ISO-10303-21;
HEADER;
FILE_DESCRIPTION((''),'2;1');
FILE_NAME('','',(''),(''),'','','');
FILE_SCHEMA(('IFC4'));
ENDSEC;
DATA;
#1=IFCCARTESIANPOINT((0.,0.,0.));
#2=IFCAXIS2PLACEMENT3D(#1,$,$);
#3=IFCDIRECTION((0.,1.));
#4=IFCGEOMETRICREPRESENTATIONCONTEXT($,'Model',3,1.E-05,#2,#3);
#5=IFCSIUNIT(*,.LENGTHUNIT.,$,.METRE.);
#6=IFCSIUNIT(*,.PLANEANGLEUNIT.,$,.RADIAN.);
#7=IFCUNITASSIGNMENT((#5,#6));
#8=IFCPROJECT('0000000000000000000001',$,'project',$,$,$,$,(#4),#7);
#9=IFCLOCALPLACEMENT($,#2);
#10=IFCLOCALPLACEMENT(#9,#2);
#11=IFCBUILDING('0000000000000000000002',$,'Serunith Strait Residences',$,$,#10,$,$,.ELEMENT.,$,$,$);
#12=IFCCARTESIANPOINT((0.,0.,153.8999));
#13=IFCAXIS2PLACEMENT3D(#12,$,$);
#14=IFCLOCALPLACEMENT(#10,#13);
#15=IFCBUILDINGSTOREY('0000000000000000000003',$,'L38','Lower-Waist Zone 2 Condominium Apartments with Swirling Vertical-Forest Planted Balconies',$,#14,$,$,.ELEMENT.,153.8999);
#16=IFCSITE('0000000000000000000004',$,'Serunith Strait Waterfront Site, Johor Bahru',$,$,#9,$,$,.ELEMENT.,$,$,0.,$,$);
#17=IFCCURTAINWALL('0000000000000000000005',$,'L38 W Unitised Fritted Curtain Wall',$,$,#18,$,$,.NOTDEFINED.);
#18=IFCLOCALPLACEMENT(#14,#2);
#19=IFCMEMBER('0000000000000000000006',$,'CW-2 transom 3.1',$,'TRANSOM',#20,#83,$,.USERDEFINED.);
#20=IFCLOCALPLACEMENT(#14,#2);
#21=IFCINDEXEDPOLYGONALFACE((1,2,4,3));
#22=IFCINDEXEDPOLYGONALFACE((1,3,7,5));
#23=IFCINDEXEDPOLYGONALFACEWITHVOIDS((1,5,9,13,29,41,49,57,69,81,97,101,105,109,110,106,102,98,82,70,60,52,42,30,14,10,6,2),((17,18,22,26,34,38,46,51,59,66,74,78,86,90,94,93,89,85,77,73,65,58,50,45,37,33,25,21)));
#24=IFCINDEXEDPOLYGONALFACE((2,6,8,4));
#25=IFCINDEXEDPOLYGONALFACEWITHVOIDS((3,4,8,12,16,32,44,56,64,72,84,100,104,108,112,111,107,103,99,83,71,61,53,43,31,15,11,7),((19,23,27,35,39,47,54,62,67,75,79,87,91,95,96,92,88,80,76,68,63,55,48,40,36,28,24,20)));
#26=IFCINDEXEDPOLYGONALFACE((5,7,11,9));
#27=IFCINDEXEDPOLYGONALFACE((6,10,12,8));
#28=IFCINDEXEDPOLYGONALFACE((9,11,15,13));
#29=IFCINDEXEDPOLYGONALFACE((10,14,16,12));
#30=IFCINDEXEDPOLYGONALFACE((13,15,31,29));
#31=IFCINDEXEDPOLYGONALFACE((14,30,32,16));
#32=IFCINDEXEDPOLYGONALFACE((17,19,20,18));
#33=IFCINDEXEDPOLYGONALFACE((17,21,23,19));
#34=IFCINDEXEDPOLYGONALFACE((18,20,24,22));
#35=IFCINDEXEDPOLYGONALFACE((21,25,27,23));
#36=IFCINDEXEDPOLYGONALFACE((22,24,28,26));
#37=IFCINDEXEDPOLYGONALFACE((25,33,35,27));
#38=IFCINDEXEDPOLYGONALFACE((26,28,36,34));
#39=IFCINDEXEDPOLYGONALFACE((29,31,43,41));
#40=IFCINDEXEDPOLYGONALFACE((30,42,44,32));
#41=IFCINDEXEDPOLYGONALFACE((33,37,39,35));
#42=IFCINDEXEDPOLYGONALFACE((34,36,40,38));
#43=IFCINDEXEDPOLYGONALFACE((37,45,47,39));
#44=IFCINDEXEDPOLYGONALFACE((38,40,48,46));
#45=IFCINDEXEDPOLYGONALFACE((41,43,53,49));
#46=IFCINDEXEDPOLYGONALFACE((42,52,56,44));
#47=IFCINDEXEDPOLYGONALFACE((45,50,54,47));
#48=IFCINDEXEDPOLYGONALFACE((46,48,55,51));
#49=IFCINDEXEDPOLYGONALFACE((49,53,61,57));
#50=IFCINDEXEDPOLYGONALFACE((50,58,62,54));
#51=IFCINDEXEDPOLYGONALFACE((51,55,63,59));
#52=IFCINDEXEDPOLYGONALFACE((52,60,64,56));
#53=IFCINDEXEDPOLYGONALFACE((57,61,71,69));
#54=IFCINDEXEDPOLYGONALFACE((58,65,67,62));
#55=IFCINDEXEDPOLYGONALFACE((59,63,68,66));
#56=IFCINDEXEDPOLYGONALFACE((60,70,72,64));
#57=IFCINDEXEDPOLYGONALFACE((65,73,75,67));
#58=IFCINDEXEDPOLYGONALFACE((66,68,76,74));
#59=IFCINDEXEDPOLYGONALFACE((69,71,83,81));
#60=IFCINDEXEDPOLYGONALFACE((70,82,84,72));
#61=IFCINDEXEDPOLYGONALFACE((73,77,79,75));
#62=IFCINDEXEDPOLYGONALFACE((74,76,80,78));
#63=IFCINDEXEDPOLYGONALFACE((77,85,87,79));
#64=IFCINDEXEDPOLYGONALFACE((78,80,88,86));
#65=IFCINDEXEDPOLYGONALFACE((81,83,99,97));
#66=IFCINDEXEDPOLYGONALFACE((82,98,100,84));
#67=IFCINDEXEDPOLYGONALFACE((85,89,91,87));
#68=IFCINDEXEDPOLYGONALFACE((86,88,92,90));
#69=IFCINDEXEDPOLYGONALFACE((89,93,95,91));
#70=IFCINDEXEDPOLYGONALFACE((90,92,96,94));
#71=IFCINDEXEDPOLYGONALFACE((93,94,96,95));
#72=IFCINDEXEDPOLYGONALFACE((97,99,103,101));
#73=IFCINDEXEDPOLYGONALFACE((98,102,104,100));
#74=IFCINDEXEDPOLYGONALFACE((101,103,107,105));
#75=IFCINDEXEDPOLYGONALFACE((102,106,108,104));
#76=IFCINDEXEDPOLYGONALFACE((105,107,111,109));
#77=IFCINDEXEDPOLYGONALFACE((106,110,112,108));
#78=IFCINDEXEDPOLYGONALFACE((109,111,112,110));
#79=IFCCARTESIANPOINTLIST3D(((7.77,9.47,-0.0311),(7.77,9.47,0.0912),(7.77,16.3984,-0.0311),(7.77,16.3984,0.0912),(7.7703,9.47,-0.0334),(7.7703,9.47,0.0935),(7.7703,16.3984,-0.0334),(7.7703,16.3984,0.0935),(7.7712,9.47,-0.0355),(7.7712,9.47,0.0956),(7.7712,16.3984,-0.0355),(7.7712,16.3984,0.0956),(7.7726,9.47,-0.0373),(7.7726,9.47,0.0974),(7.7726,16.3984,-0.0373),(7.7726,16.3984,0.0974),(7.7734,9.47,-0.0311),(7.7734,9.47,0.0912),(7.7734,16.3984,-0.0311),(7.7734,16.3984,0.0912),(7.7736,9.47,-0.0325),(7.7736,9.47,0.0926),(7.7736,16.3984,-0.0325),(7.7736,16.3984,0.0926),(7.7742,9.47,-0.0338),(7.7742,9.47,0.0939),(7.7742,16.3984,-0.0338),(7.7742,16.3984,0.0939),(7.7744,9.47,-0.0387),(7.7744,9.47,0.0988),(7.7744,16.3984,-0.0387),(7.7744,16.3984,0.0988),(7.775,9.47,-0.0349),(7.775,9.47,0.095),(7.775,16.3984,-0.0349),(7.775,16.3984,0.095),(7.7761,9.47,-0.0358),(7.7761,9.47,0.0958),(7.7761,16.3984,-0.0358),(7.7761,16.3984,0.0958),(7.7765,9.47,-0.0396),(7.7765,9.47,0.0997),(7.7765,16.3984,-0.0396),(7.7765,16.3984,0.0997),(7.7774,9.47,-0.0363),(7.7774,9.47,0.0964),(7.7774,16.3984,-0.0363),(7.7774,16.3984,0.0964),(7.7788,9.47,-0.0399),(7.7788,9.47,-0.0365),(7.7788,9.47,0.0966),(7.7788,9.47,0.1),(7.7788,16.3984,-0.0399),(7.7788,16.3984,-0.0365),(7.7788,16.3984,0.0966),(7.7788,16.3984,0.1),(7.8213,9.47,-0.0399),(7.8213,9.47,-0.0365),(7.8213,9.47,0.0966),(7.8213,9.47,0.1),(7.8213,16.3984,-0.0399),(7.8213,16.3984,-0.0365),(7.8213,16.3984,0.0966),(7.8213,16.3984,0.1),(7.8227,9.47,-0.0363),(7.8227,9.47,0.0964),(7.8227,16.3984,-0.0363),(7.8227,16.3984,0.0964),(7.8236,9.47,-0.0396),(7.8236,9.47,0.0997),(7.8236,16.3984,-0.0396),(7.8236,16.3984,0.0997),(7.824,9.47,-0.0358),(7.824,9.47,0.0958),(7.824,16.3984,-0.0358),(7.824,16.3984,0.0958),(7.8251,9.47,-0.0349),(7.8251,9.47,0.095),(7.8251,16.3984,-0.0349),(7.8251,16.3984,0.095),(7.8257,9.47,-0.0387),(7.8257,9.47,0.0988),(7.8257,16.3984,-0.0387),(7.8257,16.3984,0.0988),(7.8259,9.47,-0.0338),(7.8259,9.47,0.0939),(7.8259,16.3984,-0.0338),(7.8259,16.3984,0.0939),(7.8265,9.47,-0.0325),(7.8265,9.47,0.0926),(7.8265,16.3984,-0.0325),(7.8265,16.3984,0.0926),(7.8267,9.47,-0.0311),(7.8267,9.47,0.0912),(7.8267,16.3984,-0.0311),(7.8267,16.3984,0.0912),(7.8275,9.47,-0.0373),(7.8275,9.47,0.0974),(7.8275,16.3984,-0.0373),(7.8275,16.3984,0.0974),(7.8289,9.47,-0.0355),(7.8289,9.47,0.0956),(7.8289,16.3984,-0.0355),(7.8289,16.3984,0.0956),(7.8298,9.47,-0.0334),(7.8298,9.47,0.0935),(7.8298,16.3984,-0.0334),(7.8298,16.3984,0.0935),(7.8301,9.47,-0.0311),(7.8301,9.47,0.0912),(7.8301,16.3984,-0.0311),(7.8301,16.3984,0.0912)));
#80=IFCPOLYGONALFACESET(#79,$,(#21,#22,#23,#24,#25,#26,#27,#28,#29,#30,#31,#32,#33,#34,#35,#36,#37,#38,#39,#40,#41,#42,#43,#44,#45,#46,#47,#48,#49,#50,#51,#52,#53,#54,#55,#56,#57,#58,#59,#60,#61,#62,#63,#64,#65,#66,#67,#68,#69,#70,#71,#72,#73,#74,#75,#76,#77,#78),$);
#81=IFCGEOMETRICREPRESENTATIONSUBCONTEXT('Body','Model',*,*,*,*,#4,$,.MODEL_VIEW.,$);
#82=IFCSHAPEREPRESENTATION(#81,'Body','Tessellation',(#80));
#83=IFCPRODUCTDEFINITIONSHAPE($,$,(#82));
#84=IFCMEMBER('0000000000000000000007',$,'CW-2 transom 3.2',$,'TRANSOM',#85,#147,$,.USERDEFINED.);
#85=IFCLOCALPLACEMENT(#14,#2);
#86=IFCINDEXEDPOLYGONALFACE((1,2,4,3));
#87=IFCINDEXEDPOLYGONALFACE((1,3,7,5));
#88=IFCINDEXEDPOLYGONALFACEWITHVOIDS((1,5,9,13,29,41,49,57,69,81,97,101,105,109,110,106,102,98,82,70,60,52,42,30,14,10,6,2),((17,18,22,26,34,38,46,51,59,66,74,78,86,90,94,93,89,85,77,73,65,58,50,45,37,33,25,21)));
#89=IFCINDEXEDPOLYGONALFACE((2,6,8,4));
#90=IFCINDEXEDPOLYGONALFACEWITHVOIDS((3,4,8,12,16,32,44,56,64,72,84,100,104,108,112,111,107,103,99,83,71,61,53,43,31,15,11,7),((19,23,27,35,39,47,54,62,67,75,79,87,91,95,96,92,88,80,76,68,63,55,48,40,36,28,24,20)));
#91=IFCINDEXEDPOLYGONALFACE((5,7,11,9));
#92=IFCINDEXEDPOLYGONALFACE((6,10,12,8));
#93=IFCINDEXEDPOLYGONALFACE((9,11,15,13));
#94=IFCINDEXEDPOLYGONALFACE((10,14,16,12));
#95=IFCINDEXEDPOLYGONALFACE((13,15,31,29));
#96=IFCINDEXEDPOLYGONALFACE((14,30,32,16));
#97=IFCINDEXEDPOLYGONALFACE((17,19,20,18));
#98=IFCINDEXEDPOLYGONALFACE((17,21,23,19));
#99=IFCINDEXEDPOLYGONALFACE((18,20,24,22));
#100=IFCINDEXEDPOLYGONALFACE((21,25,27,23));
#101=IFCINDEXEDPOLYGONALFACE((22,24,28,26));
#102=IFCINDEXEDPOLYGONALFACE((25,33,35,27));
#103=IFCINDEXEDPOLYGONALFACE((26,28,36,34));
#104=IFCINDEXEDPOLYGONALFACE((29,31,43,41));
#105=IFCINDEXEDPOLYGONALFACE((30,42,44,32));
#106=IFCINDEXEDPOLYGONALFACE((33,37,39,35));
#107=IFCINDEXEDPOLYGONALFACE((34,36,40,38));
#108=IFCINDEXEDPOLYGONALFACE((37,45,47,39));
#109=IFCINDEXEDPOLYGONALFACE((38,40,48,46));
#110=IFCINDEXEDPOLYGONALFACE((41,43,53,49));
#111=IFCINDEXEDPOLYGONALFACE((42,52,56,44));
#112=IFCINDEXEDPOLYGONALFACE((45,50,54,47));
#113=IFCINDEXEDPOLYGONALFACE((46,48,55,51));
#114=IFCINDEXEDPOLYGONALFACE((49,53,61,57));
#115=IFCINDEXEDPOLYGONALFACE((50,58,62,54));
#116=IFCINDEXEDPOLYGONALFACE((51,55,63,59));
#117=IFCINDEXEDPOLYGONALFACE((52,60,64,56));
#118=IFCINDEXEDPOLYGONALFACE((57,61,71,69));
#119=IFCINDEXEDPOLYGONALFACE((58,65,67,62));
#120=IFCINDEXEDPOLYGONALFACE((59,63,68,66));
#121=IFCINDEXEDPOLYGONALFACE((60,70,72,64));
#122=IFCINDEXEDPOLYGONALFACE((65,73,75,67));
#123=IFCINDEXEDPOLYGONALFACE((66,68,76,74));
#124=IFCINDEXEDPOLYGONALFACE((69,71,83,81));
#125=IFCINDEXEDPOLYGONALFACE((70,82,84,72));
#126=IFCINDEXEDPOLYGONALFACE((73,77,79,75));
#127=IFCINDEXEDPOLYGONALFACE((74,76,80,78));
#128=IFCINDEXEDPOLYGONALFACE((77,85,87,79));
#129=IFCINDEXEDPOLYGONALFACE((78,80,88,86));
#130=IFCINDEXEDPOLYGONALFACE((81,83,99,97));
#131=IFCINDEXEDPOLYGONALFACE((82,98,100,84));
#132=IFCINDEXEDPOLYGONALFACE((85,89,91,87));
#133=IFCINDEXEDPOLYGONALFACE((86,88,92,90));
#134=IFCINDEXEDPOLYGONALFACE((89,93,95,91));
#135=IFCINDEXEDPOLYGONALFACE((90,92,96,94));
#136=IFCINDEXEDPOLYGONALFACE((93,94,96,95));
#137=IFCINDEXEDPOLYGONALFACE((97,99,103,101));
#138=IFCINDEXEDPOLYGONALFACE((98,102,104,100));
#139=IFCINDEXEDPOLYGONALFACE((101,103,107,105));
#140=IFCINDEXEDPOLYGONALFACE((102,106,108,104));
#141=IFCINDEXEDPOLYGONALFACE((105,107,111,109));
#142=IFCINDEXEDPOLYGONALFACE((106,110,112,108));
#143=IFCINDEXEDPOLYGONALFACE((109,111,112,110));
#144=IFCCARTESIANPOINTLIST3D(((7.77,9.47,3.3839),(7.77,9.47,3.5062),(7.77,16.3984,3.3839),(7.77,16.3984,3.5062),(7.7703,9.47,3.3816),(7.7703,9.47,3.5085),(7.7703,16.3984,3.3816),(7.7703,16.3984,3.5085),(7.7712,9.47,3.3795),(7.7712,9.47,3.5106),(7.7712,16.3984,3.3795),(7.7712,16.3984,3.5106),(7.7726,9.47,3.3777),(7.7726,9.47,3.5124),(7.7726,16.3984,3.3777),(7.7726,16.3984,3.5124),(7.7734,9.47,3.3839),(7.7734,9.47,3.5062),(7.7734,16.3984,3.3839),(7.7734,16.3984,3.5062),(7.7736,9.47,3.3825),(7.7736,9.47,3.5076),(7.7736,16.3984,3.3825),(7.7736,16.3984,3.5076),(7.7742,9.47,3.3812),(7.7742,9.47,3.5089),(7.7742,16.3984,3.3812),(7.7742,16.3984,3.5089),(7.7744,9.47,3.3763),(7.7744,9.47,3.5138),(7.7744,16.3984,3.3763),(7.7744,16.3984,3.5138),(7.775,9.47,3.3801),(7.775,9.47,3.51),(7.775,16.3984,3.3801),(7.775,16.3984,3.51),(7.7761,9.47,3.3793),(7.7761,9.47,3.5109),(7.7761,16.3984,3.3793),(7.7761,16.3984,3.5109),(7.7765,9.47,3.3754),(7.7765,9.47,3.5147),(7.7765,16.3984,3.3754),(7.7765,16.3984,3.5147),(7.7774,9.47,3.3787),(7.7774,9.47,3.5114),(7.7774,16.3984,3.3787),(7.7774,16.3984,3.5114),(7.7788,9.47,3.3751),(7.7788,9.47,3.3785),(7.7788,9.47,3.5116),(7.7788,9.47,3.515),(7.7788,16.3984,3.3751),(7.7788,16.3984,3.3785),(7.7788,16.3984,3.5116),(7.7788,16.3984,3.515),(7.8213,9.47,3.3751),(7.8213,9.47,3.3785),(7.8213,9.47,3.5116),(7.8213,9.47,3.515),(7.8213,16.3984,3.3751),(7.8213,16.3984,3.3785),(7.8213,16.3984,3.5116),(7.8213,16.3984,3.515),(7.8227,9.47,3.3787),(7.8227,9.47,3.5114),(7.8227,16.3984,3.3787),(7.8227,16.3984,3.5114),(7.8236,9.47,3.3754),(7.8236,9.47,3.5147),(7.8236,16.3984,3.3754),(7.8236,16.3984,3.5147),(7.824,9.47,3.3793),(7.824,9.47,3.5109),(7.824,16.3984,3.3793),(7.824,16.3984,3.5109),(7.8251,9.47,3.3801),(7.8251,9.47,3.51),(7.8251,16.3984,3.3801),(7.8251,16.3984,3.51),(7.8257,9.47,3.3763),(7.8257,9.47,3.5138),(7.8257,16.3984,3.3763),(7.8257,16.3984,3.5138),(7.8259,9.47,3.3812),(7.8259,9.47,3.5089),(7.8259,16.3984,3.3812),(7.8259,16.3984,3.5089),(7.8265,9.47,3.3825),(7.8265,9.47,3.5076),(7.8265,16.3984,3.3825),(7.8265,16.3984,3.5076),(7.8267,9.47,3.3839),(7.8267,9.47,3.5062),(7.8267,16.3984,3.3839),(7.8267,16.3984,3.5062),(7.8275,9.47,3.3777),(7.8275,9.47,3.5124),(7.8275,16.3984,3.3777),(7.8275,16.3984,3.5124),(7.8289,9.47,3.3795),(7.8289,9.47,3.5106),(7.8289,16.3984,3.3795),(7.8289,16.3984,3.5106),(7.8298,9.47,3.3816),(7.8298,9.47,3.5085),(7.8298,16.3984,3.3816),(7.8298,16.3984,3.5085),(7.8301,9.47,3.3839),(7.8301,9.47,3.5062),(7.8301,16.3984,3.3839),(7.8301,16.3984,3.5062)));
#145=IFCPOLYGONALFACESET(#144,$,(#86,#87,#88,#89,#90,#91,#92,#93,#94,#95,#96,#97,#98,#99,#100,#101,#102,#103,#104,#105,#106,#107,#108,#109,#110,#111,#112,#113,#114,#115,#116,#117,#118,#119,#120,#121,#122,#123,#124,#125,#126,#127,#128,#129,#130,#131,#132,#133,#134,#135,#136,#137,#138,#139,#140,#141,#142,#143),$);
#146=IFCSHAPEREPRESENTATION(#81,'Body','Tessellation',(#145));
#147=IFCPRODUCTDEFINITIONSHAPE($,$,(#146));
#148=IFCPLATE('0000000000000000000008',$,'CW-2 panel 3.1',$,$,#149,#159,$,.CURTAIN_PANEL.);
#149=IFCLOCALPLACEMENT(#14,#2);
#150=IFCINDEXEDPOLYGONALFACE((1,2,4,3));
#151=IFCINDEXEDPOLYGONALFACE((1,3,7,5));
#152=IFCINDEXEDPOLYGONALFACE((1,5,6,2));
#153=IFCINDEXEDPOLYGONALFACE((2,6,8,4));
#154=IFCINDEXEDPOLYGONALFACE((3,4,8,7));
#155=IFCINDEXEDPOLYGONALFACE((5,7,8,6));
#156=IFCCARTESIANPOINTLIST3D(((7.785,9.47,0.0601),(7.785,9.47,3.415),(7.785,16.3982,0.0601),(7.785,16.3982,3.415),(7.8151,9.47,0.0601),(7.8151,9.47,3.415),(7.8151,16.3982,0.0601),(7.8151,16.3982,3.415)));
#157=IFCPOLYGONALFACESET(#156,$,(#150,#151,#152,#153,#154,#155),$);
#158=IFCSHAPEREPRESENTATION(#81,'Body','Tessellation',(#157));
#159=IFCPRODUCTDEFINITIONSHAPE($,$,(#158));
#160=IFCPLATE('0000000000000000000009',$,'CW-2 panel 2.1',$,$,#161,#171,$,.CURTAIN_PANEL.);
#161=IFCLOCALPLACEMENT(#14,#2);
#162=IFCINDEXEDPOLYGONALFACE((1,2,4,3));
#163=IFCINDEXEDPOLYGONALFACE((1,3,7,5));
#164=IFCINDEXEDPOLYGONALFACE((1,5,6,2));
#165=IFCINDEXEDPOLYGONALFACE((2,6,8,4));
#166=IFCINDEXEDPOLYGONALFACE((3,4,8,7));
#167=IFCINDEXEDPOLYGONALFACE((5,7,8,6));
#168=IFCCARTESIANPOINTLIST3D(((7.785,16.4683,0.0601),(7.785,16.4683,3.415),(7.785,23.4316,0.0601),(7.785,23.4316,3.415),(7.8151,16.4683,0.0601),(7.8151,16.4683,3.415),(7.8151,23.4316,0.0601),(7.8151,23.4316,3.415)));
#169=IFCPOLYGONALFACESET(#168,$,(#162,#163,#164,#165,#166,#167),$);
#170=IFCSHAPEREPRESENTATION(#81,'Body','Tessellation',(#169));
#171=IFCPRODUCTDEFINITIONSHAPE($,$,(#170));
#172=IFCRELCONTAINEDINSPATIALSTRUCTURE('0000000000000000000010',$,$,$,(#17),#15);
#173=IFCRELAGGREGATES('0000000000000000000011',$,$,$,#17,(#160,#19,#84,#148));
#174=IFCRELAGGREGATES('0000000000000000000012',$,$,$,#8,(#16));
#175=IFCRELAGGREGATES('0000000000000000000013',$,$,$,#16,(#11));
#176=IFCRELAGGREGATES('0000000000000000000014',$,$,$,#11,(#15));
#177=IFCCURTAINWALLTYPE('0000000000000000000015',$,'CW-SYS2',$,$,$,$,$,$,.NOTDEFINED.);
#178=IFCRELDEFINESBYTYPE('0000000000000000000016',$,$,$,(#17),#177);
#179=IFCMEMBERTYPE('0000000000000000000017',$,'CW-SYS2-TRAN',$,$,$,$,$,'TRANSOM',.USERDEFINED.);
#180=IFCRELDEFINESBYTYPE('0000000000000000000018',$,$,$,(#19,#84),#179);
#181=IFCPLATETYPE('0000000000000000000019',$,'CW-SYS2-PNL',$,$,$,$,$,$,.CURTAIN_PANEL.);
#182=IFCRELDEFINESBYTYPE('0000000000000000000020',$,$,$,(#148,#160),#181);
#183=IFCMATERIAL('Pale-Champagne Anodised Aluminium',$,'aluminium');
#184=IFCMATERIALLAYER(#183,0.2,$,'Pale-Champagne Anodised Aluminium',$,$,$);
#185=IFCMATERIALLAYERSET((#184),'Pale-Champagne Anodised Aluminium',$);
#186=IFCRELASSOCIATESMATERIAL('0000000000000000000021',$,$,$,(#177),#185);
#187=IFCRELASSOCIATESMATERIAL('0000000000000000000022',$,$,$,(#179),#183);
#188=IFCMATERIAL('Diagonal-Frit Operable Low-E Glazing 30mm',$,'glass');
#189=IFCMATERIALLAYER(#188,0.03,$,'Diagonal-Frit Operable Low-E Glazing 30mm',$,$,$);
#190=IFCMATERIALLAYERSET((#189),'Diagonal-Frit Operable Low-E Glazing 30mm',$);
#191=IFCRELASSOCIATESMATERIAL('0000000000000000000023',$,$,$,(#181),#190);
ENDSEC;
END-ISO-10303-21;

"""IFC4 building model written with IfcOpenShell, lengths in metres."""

from ifc_helpers import new_model, si_unit, direction, frame, origin, origin_2d, place, context, subcontext, project, spatial, rectangle, hollow_rectangle, extrude, source, transform, mapped, material, layer, layer_set, material_profile, profile_set, type_object, element, aggregate, save


model = new_model("IFC4")

# Units and contexts
model_context = context("Model", 3, precision=1e-05, world=origin(), true_north=direction((0.0, 1.0)))
body_context = subcontext(model_context, "Body", "Model", "MODEL_VIEW")
ifc_project = project(units=[si_unit("LENGTHUNIT", "METRE"), si_unit("PLANEANGLEUNIT", "RADIAN")], contexts=[model_context])

# Site, building, storey
site_placement = place(None, origin())
site = spatial("IfcSite", under=ifc_project, at=site_placement, Name="Serunith Strait Waterfront Site, Johor Bahru", CompositionType="ELEMENT", RefElevation=0.0)
building_placement = place(site_placement, origin())
building = spatial("IfcBuilding", under=site, at=building_placement, Name="Serunith Strait Residences", CompositionType="ELEMENT")
storey_placement = place(building_placement, frame((0.0, 0.0, 153.8999)))
storey = spatial("IfcBuildingStorey", under=building, at=storey_placement, Name="L38", Description="Lower-Waist Zone 2 Condominium Apartments with Swirling Vertical-Forest Planted Balconies", CompositionType="ELEMENT", Elevation=153.8999)

# Curtain wall, members, plates
ifc_material_1 = material(Name="Pale-Champagne Anodised Aluminium", Category="aluminium")
ifc_layer_1 = layer(ifc_material_1, 0.2, Name="Pale-Champagne Anodised Aluminium")
ifc_layer_set_1 = layer_set([ifc_layer_1], Name="Pale-Champagne Anodised Aluminium")
curtain_wall_type = type_object("IfcCurtainWallType", Name="CW-SYS2", PredefinedType="NOTDEFINED", material=ifc_layer_set_1)
curtain_wall_placement = place(storey_placement, origin())
curtain_wall = element("IfcCurtainWall", 1, at=curtain_wall_placement, inside=storey, type_object=curtain_wall_type, Name="L38 W Unitised Fritted Curtain Wall", PredefinedType="NOTDEFINED")
ifc_material_profile_1 = material_profile(ifc_material_1, hollow_rectangle(XDim=0.0601, YDim=0.1399, WallThickness=0.0034, InnerFilletRadius=0.0054, OuterFilletRadius=0.0088, at=origin_2d()), Name="ALU 140x60x3.5")
ifc_profile_set_1 = profile_set([ifc_material_profile_1], Name="Pale-Champagne Anodised Aluminium")
member_type_1 = type_object("IfcMemberType", Name="CW-SYS2-TRAN", ElementType="TRANSOM", PredefinedType="USERDEFINED", material=ifc_profile_set_1)
shared_shape_1 = source(origin(), body_context, "Body", "SweptSolid", [
    extrude(hollow_rectangle(XDim=0.0601, YDim=0.1399, WallThickness=0.0034, InnerFilletRadius=0.0054, OuterFilletRadius=0.0088, at=origin_2d()), origin(), (0.0, 0.0, 1.0), 6.9285),
])
member_1_placement = place(storey_placement, frame((7.8, 16.3984, 0.03), z_axis=(0.0, -1.0, 0.0), x_axis=(1.0, 0.0, 0.0)))
member_1 = element("IfcMember", 2, at=member_1_placement, type_object=member_type_1, Name="CW-2 transom 3.1", ObjectType="TRANSOM", PredefinedType="USERDEFINED", context=body_context, shape_type="MappedRepresentation", body=[
    mapped(shared_shape_1, transform((0.0, 0.0, 0.0), scale=1.0)),
])
member_2_placement = place(storey_placement, frame((7.8, 16.3984, 3.4451), z_axis=(0.0, -1.0, 0.0), x_axis=(1.0, 0.0, 0.0)))
member_2 = element("IfcMember", 3, at=member_2_placement, type_object=member_type_1, Name="CW-2 transom 3.2", ObjectType="TRANSOM", PredefinedType="USERDEFINED", context=body_context, shape_type="MappedRepresentation", body=[
    mapped(shared_shape_1, transform((0.0, 0.0, 0.0), scale=1.0)),
])
ifc_material_2 = material(Name="Diagonal-Frit Operable Low-E Glazing 30mm", Category="glass")
ifc_layer_2 = layer(ifc_material_2, 0.03, Name="Diagonal-Frit Operable Low-E Glazing 30mm")
ifc_layer_set_2 = layer_set([ifc_layer_2], Name="Diagonal-Frit Operable Low-E Glazing 30mm")
plate_type = type_object("IfcPlateType", Name="CW-SYS2-PNL", PredefinedType="CURTAIN_PANEL", material=ifc_layer_set_2)
shared_shape_2 = source(origin(), body_context, "Body", "SweptSolid", [
    extrude(rectangle(XDim=6.9282, YDim=0.03, at=origin_2d()), origin(), (0.0, 0.0, 1.0), 3.355),
])
plate_1_placement = place(storey_placement, frame((7.8, 12.9341, 0.0601), z_axis=(0.0, 0.0, 1.0), x_axis=(0.0, -1.0, 0.0)))
plate_1 = element("IfcPlate", 4, at=plate_1_placement, type_object=plate_type, Name="CW-2 panel 3.1", PredefinedType="CURTAIN_PANEL", context=body_context, shape_type="MappedRepresentation", body=[
    mapped(shared_shape_2, transform((0.0, 0.0, 0.0), scale=1.0)),
])
shared_shape_3 = source(origin(), body_context, "Body", "SweptSolid", [
    extrude(rectangle(XDim=6.9634, YDim=0.03, at=origin_2d()), origin(), (0.0, 0.0, 1.0), 3.355),
])
plate_2_placement = place(storey_placement, frame((7.8, 19.95, 0.0601), z_axis=(0.0, 0.0, 1.0), x_axis=(0.0, -1.0, 0.0)))
plate_2 = element("IfcPlate", 5, at=plate_2_placement, type_object=plate_type, Name="CW-2 panel 2.1", PredefinedType="CURTAIN_PANEL", context=body_context, shape_type="MappedRepresentation", body=[
    mapped(shared_shape_3, transform((0.0, 0.0, 0.0), scale=1.0)),
])
aggregate(curtain_wall, [plate_2, member_1, member_2, plate_1])

save(model, "model.ifc")
